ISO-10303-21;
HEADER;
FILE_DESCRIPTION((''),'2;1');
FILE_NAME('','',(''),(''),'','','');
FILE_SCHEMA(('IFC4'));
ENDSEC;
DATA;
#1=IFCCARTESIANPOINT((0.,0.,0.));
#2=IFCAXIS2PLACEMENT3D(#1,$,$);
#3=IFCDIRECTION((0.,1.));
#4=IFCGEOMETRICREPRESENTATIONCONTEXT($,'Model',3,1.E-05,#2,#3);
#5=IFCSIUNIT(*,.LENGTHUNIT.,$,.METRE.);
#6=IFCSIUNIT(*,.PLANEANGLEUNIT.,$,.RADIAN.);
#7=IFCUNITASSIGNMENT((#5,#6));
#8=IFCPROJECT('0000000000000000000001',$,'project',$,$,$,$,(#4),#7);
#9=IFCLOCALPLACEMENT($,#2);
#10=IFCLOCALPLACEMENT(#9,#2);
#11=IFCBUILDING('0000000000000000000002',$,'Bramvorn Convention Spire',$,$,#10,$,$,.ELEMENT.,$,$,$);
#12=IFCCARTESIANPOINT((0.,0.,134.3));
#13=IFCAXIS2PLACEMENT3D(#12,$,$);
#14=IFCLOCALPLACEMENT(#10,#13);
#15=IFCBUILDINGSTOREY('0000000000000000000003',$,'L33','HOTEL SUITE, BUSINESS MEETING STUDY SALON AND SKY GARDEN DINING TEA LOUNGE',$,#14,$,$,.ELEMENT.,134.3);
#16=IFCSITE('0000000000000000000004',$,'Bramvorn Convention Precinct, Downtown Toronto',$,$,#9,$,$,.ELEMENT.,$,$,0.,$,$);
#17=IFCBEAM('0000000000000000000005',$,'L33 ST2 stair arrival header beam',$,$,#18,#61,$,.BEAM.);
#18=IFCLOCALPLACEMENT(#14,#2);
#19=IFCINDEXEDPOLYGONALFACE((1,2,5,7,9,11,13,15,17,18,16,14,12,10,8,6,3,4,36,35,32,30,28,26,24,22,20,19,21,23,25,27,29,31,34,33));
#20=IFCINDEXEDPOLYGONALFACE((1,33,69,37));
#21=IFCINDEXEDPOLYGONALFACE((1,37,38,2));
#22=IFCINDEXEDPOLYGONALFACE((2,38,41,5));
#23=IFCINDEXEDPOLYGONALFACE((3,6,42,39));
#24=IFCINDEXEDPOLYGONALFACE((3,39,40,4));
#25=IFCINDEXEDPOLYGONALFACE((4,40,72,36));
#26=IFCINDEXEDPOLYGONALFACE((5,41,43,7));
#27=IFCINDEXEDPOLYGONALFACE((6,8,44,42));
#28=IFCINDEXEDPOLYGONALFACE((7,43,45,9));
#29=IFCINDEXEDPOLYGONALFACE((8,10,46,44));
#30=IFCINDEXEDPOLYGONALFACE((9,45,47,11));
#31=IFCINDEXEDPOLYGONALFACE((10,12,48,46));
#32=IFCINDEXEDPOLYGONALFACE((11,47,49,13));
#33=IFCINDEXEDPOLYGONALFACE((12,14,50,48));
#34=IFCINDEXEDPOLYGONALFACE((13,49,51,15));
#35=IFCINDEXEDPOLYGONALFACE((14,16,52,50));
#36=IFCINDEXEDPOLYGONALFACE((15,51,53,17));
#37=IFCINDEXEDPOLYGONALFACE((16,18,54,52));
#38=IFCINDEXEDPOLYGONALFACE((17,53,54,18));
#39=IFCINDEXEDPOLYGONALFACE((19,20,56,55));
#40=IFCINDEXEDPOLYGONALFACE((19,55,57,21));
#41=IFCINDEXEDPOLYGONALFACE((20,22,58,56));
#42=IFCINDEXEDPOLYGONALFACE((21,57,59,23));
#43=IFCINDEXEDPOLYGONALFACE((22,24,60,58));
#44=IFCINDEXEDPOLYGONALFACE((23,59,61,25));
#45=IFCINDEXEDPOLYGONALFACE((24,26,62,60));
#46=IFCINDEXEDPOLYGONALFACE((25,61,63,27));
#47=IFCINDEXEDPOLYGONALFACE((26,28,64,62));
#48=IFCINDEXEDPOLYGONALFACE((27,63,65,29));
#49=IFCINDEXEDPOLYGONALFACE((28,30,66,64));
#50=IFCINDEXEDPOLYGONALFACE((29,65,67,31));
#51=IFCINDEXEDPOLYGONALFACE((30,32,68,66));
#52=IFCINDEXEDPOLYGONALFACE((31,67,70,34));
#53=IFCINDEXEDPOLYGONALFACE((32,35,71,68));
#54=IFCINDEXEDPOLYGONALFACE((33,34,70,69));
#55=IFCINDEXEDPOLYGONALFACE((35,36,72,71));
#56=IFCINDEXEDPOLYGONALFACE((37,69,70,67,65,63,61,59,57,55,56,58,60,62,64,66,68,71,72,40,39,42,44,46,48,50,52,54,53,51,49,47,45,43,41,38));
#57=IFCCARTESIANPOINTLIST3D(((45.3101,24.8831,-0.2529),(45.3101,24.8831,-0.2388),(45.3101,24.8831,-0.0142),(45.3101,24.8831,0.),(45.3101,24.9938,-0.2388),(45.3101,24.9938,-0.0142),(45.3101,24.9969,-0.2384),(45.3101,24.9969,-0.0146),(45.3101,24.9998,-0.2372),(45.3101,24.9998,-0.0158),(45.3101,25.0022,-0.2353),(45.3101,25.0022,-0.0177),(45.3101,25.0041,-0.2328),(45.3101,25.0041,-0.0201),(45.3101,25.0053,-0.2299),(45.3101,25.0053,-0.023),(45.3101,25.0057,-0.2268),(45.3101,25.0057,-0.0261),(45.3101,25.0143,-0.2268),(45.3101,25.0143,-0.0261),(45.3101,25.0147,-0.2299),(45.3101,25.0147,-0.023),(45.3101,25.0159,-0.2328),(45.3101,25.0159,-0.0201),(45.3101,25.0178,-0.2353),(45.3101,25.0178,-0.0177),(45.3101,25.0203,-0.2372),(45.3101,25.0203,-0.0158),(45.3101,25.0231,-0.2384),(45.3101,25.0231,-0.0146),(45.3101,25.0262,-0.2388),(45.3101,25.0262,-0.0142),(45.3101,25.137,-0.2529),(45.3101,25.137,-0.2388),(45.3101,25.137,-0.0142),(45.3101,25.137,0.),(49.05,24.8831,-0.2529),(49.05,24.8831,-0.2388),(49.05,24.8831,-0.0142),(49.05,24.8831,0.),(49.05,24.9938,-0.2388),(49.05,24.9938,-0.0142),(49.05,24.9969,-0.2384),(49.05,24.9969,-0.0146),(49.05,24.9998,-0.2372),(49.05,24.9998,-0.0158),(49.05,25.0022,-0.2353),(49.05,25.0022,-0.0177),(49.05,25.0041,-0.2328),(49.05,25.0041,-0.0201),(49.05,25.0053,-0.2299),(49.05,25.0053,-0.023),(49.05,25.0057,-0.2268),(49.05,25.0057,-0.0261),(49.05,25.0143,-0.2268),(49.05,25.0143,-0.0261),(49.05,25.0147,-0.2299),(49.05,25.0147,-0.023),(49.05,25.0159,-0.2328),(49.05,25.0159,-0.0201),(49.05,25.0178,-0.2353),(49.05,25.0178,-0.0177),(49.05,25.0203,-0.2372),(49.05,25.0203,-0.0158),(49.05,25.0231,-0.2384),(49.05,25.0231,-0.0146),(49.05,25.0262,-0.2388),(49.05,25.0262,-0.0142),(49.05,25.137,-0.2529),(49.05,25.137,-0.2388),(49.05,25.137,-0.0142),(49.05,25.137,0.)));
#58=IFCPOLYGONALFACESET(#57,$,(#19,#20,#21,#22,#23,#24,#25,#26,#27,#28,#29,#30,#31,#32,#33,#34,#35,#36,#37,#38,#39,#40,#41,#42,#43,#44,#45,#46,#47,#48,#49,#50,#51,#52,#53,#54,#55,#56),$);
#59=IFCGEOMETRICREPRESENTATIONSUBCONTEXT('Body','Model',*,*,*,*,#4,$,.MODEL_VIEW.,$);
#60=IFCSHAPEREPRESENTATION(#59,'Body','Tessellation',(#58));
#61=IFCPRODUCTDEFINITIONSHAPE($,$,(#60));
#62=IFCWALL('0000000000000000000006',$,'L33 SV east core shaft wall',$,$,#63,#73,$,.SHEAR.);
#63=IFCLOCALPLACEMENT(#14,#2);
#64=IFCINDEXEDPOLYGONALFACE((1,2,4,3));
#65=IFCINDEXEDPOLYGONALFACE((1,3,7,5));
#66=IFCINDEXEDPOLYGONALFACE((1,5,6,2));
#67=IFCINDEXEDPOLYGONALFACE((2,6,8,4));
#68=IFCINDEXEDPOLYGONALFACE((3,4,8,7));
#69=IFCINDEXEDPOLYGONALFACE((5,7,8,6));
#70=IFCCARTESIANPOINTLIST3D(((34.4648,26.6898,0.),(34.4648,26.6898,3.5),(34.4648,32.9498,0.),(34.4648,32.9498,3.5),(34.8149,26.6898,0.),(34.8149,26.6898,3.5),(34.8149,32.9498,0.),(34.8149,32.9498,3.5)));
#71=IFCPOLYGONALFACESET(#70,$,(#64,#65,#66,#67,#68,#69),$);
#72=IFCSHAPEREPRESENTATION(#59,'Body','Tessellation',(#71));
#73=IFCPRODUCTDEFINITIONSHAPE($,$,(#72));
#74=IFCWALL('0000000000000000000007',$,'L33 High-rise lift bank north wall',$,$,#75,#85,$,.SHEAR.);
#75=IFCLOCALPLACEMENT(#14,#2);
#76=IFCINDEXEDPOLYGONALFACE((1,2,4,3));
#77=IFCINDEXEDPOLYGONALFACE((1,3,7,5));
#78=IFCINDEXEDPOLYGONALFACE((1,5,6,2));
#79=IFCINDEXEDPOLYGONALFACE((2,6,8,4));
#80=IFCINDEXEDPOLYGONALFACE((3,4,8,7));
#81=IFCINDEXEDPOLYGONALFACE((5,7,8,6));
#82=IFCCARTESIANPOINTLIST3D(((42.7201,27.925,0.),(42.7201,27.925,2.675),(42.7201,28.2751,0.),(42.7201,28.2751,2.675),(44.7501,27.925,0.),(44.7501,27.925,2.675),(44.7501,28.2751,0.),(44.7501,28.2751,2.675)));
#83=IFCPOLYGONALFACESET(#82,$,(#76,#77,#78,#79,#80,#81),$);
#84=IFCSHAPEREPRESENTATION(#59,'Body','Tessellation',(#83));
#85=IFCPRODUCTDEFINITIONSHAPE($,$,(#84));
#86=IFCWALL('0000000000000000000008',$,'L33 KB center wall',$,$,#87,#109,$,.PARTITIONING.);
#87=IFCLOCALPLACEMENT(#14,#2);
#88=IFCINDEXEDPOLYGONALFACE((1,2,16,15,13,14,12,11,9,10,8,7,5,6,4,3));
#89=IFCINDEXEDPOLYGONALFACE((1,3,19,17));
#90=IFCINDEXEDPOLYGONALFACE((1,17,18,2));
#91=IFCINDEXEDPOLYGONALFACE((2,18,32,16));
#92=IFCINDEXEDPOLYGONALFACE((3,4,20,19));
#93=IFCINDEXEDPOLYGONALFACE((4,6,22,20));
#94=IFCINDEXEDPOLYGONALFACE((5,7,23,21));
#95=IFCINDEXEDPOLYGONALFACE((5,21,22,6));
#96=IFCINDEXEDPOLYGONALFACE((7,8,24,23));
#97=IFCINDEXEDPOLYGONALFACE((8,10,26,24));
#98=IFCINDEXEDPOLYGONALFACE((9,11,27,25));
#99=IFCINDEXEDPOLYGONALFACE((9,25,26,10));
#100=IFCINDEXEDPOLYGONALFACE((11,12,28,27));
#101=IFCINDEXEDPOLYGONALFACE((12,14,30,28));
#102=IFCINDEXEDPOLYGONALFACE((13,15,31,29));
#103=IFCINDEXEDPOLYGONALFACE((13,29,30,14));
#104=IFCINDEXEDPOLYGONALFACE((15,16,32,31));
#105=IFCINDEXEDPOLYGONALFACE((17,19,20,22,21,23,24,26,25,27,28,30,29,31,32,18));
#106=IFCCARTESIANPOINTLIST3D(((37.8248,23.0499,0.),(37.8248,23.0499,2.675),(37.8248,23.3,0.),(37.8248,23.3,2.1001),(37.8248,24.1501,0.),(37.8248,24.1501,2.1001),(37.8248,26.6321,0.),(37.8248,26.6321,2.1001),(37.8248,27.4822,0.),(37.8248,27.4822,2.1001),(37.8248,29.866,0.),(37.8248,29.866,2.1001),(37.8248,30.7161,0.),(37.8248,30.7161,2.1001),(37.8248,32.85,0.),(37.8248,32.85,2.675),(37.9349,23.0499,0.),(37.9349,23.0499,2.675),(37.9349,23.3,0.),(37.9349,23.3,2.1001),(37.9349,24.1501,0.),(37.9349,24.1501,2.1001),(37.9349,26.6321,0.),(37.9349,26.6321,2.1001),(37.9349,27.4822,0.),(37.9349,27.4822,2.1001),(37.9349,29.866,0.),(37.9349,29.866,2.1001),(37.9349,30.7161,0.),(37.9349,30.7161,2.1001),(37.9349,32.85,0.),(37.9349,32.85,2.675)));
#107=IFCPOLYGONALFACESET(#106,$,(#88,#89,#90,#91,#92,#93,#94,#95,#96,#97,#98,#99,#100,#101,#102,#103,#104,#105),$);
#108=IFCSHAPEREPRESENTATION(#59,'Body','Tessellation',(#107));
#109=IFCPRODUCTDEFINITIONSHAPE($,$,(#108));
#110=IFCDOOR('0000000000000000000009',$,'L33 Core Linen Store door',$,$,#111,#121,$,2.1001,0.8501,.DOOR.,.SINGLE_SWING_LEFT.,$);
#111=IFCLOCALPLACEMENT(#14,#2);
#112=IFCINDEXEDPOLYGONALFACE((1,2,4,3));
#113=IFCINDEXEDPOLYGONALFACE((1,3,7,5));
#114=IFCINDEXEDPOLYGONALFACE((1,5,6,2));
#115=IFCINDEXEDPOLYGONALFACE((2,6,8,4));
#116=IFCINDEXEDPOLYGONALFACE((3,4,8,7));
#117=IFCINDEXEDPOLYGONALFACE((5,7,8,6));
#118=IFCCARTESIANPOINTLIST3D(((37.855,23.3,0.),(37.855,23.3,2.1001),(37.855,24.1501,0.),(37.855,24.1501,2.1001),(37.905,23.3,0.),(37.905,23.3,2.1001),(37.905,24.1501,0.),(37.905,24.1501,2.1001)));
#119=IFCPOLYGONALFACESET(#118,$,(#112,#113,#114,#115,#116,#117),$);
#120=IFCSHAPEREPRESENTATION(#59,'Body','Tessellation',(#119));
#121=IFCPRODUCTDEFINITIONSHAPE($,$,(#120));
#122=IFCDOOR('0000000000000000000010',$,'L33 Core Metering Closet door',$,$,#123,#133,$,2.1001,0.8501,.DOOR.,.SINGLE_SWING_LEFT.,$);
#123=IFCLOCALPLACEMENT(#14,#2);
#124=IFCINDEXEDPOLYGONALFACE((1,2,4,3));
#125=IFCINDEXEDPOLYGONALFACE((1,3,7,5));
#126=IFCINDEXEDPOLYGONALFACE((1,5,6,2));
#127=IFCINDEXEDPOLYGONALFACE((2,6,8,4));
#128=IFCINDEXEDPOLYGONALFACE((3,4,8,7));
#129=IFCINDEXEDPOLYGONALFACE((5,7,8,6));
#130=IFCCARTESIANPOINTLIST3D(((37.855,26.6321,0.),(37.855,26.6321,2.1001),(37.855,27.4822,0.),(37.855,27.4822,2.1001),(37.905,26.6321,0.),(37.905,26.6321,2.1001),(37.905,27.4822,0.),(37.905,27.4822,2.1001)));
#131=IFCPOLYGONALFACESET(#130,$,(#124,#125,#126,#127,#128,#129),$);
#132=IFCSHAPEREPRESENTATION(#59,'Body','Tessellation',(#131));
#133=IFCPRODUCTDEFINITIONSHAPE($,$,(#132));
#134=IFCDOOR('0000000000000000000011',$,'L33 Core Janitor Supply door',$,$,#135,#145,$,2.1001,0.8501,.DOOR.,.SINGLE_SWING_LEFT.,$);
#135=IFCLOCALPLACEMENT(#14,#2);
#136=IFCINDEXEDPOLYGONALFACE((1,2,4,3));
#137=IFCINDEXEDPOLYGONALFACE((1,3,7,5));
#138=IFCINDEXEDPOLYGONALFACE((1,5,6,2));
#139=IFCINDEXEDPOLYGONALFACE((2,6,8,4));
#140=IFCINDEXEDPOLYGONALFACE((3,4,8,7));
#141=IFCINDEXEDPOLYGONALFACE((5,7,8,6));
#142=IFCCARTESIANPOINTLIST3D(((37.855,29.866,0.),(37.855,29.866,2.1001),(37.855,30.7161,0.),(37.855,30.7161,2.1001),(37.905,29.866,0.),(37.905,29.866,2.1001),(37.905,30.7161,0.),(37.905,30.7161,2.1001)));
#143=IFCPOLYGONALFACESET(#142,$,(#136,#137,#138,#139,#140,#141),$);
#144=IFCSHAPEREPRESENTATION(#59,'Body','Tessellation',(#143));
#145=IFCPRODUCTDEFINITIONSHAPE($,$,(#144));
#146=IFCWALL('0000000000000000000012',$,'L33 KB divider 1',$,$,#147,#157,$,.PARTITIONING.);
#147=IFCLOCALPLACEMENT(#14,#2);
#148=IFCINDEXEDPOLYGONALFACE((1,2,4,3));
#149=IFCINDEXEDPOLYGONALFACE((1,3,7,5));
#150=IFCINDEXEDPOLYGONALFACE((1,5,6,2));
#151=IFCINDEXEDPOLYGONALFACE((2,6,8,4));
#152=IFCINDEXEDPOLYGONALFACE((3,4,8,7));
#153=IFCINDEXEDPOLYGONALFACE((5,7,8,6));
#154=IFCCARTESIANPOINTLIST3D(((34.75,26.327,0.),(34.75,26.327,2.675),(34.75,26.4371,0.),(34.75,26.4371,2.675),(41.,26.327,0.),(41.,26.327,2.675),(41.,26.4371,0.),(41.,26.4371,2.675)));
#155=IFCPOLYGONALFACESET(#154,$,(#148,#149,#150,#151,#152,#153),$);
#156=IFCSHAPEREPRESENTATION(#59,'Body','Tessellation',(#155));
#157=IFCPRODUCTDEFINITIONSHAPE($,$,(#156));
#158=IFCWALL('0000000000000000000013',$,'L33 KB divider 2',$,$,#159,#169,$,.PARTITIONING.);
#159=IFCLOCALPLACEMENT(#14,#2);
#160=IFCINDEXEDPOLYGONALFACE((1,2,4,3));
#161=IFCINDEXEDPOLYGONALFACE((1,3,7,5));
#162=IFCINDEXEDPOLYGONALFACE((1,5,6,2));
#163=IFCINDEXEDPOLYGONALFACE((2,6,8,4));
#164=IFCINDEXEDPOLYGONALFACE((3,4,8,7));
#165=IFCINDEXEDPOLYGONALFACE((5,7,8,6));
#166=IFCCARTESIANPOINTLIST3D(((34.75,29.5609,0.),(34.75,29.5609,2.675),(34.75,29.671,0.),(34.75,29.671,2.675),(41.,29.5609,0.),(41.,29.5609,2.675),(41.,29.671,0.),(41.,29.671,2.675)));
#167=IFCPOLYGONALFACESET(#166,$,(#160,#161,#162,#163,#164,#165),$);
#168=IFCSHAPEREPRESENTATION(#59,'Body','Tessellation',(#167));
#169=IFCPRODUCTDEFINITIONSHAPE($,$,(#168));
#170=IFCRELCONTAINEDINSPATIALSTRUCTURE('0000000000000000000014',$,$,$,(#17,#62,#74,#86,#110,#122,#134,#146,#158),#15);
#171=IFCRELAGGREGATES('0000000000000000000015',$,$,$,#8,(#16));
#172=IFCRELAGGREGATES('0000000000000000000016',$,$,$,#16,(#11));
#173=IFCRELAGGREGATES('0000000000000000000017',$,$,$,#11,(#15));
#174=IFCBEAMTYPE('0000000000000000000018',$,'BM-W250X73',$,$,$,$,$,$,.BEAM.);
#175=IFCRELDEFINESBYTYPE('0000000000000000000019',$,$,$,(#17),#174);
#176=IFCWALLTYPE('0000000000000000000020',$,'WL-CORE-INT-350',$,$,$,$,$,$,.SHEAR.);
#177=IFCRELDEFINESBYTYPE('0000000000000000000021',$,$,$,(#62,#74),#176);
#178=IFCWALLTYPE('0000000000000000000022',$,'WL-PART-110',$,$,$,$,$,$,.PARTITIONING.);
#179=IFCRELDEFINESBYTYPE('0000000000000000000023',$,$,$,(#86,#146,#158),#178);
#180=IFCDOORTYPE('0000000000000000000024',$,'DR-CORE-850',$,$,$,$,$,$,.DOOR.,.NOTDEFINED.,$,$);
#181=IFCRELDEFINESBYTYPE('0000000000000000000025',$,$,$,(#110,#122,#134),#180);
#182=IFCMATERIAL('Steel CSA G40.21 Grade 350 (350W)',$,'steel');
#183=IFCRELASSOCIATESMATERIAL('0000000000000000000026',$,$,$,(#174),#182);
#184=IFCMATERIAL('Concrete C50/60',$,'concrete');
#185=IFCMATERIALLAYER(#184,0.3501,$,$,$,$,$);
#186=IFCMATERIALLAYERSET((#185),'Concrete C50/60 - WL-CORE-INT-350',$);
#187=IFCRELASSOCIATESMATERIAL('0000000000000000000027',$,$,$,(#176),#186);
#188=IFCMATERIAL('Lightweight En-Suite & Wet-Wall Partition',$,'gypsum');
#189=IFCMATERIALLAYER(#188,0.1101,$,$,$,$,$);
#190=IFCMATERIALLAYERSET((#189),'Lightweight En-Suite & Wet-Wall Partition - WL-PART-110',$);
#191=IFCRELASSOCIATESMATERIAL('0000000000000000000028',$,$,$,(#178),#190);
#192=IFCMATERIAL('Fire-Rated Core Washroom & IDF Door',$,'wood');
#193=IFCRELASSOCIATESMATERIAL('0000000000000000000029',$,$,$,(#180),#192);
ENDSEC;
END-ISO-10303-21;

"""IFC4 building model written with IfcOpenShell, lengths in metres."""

from ifc_helpers import new_model, si_unit, direction, frame, frame_2d, origin, origin_2d, place, context, subcontext, project, spatial, rectangle, i_section, extrude, material, layer, layer_set, material_profile, profile_set, type_object, element, fill, save


model = new_model("IFC4")

# Units and contexts
model_context = context("Model", 3, precision=1e-05, world=origin(), true_north=direction((0.0, 1.0)))
body_context = subcontext(model_context, "Body", "Model", "MODEL_VIEW")
ifc_project = project(units=[si_unit("LENGTHUNIT", "METRE"), si_unit("PLANEANGLEUNIT", "RADIAN")], contexts=[model_context])

# Site, building, storey
site_placement = place(None, origin())
site = spatial("IfcSite", under=ifc_project, at=site_placement, Name="Bramvorn Convention Precinct, Downtown Toronto", CompositionType="ELEMENT", RefElevation=0.0)
building_placement = place(site_placement, origin())
building = spatial("IfcBuilding", under=site, at=building_placement, Name="Bramvorn Convention Spire", CompositionType="ELEMENT")
storey_placement = place(building_placement, frame((0.0, 0.0, 134.3)))
storey = spatial("IfcBuildingStorey", under=building, at=storey_placement, Name="L33", Description="HOTEL SUITE, BUSINESS MEETING STUDY SALON AND SKY GARDEN DINING TEA LOUNGE", CompositionType="ELEMENT", Elevation=134.3)

# Beam
ifc_material_1 = material(Name="Steel CSA G40.21 Grade 350 (350W)", Category="steel")
ifc_material_profile = material_profile(ifc_material_1, i_section(OverallWidth=0.2539, OverallDepth=0.2529, WebThickness=0.0085, FlangeThickness=0.0142, FilletRadius=0.012, at=origin_2d()))
ifc_profile_set = profile_set([ifc_material_profile], Name="Steel CSA G40.21 Grade 350 (350W) - W250X73")
beam_type = type_object("IfcBeamType", Name="BM-W250X73", PredefinedType="BEAM", material=ifc_profile_set)
beam_placement = place(storey_placement, frame((45.3101, 25.01, -0.1265), z_axis=(1.0, 0.0, 0.0), x_axis=(0.0, 1.0, 0.0)))
element("IfcBeam", 1, at=beam_placement, inside=storey, type_object=beam_type, Name="L33 ST2 stair arrival header beam", PredefinedType="BEAM", context=body_context, shape_type="SweptSolid", body=[
    extrude(i_section(OverallWidth=0.2539, OverallDepth=0.2529, WebThickness=0.0085, FlangeThickness=0.0142, FilletRadius=0.012, at=origin_2d()), origin(), (0.0, 0.0, 1.0), 3.74),
])

# Walls
ifc_material_2 = material(Name="Concrete C50/60", Category="concrete")
ifc_layer_1 = layer(ifc_material_2, 0.3501)
ifc_layer_set_1 = layer_set([ifc_layer_1], Name="Concrete C50/60 - WL-CORE-INT-350")
wall_type_1 = type_object("IfcWallType", Name="WL-CORE-INT-350", PredefinedType="SHEAR", material=ifc_layer_set_1)
wall_1_placement = place(storey_placement, frame((34.6399, 26.6899, 0.0), z_axis=(0.0, 0.0, 1.0), x_axis=(0.0, 1.0, 0.0)))
element("IfcWall", 2, at=wall_1_placement, inside=storey, type_object=wall_type_1, Name="L33 SV east core shaft wall", PredefinedType="SHEAR", context=body_context, shape_type="SweptSolid", body=[
    extrude(rectangle(XDim=6.26, YDim=0.3501, at=frame_2d((3.1299, 0.0))), origin(), (0.0, 0.0, 1.0), 3.5),
])
wall_2_placement = place(storey_placement, frame((42.72, 28.1001, 0.0), z_axis=(0.0, 0.0, 1.0), x_axis=(1.0, 0.0, 0.0)))
element("IfcWall", 3, at=wall_2_placement, inside=storey, type_object=wall_type_1, Name="L33 High-rise lift bank north wall", PredefinedType="SHEAR", context=body_context, shape_type="SweptSolid", body=[
    extrude(rectangle(XDim=2.03, YDim=0.3501, at=frame_2d((1.0151, 0.0))), origin(), (0.0, 0.0, 1.0), 2.675),
])

# Wall, openings, doors
ifc_material_3 = material(Name="Lightweight En-Suite & Wet-Wall Partition", Category="gypsum")
ifc_layer_2 = layer(ifc_material_3, 0.1101)
ifc_layer_set_2 = layer_set([ifc_layer_2], Name="Lightweight En-Suite & Wet-Wall Partition - WL-PART-110")
wall_type_2 = type_object("IfcWallType", Name="WL-PART-110", PredefinedType="PARTITIONING", material=ifc_layer_set_2)
wall_3_placement = place(storey_placement, frame((37.8799, 23.05, 0.0), z_axis=(0.0, 0.0, 1.0), x_axis=(0.0, 1.0, 0.0)))
wall_3 = element("IfcWall", 4, at=wall_3_placement, inside=storey, type_object=wall_type_2, Name="L33 KB center wall", PredefinedType="PARTITIONING", context=body_context, shape_type="SweptSolid", body=[
    extrude(rectangle(XDim=9.8, YDim=0.1101, at=frame_2d((4.8999, 0.0))), origin(), (0.0, 0.0, 1.0), 2.675),
])
opening_1_placement = place(wall_3_placement, frame((0.25, 0.0, 0.0)))
opening_1 = element("IfcOpeningElement", 5, at=opening_1_placement, cuts=wall_3, PredefinedType="OPENING", context=body_context, shape_type="SweptSolid", body=[
    extrude(rectangle(XDim=0.8501, YDim=2.1001, at=frame_2d((0.425, 1.05))), frame((0.0, 0.0649, 0.0), z_axis=(0.0, -1.0, 0.0), x_axis=(1.0, 0.0, 0.0)), (0.0, 0.0, 1.0), 0.1301),
])
opening_2_placement = place(wall_3_placement, frame((3.582, 0.0, 0.0)))
opening_2 = element("IfcOpeningElement", 6, at=opening_2_placement, cuts=wall_3, PredefinedType="OPENING", context=body_context, shape_type="SweptSolid", body=[
    extrude(rectangle(XDim=0.8501, YDim=2.1001, at=frame_2d((0.425, 1.05))), frame((0.0, 0.0649, 0.0), z_axis=(0.0, -1.0, 0.0), x_axis=(1.0, 0.0, 0.0)), (0.0, 0.0, 1.0), 0.1301),
])
opening_3_placement = place(wall_3_placement, frame((6.8159, 0.0, 0.0)))
opening_3 = element("IfcOpeningElement", 7, at=opening_3_placement, cuts=wall_3, PredefinedType="OPENING", context=body_context, shape_type="SweptSolid", body=[
    extrude(rectangle(XDim=0.8501, YDim=2.1001, at=frame_2d((0.425, 1.05))), frame((0.0, 0.0649, 0.0), z_axis=(0.0, -1.0, 0.0), x_axis=(1.0, 0.0, 0.0)), (0.0, 0.0, 1.0), 0.1301),
])
ifc_material_4 = material(Name="Fire-Rated Core Washroom & IDF Door", Category="wood")
door_type_1 = type_object("IfcDoorType", Name="DR-CORE-850", OperationType="NOTDEFINED", PredefinedType="DOOR", material=ifc_material_4)
door_1_placement = place(opening_1_placement, origin())
door_1 = element("IfcDoor", 8, at=door_1_placement, inside=storey, type_object=door_type_1, Name="L33 Core Linen Store door", OperationType="SINGLE_SWING_LEFT", OverallHeight=2.1001, OverallWidth=0.8501, PredefinedType="DOOR", context=body_context, shape_type="SweptSolid", body=[
    extrude(rectangle(XDim=0.8501, YDim=2.1001, at=frame_2d((0.425, 1.05))), frame((0.0, 0.0249, 0.0), z_axis=(0.0, -1.0, 0.0), x_axis=(1.0, 0.0, 0.0)), (0.0, 0.0, 1.0), 0.05),
])
fill(opening_1, door_1)
door_2_placement = place(opening_2_placement, origin())
door_2 = element("IfcDoor", 9, at=door_2_placement, inside=storey, type_object=door_type_1, Name="L33 Core Metering Closet door", OperationType="SINGLE_SWING_LEFT", OverallHeight=2.1001, OverallWidth=0.8501, PredefinedType="DOOR", context=body_context, shape_type="SweptSolid", body=[
    extrude(rectangle(XDim=0.8501, YDim=2.1001, at=frame_2d((0.425, 1.05))), frame((0.0, 0.0249, 0.0), z_axis=(0.0, -1.0, 0.0), x_axis=(1.0, 0.0, 0.0)), (0.0, 0.0, 1.0), 0.05),
])
fill(opening_2, door_2)
door_3_placement = place(opening_3_placement, origin())
door_3 = element("IfcDoor", 10, at=door_3_placement, inside=storey, type_object=door_type_1, Name="L33 Core Janitor Supply door", OperationType="SINGLE_SWING_LEFT", OverallHeight=2.1001, OverallWidth=0.8501, PredefinedType="DOOR", context=body_context, shape_type="SweptSolid", body=[
    extrude(rectangle(XDim=0.8501, YDim=2.1001, at=frame_2d((0.425, 1.05))), frame((0.0, 0.0249, 0.0), z_axis=(0.0, -1.0, 0.0), x_axis=(1.0, 0.0, 0.0)), (0.0, 0.0, 1.0), 0.05),
])
fill(opening_3, door_3)

# Walls
for number, where, z_axis, x_axis, name in (
    (11, (34.75, 26.3821, 0.0), (0.0, 0.0, 1.0), (1.0, 0.0, 0.0), "L33 KB divider 1"),
    (12, (34.75, 29.616, 0.0), (0.0, 0.0, 1.0), (1.0, 0.0, 0.0), "L33 KB divider 2"),
):
    element("IfcWall", number, at=place(storey_placement, frame(where, z_axis=z_axis, x_axis=x_axis)), inside=storey, type_object=wall_type_2, Name=name, PredefinedType="PARTITIONING", context=body_context, shape_type="SweptSolid", body=[
        extrude(rectangle(XDim=6.25, YDim=0.1101, at=frame_2d((3.125, 0.0))), origin(), (0.0, 0.0, 1.0), 2.675),
    ])

save(model, "model.ifc")
